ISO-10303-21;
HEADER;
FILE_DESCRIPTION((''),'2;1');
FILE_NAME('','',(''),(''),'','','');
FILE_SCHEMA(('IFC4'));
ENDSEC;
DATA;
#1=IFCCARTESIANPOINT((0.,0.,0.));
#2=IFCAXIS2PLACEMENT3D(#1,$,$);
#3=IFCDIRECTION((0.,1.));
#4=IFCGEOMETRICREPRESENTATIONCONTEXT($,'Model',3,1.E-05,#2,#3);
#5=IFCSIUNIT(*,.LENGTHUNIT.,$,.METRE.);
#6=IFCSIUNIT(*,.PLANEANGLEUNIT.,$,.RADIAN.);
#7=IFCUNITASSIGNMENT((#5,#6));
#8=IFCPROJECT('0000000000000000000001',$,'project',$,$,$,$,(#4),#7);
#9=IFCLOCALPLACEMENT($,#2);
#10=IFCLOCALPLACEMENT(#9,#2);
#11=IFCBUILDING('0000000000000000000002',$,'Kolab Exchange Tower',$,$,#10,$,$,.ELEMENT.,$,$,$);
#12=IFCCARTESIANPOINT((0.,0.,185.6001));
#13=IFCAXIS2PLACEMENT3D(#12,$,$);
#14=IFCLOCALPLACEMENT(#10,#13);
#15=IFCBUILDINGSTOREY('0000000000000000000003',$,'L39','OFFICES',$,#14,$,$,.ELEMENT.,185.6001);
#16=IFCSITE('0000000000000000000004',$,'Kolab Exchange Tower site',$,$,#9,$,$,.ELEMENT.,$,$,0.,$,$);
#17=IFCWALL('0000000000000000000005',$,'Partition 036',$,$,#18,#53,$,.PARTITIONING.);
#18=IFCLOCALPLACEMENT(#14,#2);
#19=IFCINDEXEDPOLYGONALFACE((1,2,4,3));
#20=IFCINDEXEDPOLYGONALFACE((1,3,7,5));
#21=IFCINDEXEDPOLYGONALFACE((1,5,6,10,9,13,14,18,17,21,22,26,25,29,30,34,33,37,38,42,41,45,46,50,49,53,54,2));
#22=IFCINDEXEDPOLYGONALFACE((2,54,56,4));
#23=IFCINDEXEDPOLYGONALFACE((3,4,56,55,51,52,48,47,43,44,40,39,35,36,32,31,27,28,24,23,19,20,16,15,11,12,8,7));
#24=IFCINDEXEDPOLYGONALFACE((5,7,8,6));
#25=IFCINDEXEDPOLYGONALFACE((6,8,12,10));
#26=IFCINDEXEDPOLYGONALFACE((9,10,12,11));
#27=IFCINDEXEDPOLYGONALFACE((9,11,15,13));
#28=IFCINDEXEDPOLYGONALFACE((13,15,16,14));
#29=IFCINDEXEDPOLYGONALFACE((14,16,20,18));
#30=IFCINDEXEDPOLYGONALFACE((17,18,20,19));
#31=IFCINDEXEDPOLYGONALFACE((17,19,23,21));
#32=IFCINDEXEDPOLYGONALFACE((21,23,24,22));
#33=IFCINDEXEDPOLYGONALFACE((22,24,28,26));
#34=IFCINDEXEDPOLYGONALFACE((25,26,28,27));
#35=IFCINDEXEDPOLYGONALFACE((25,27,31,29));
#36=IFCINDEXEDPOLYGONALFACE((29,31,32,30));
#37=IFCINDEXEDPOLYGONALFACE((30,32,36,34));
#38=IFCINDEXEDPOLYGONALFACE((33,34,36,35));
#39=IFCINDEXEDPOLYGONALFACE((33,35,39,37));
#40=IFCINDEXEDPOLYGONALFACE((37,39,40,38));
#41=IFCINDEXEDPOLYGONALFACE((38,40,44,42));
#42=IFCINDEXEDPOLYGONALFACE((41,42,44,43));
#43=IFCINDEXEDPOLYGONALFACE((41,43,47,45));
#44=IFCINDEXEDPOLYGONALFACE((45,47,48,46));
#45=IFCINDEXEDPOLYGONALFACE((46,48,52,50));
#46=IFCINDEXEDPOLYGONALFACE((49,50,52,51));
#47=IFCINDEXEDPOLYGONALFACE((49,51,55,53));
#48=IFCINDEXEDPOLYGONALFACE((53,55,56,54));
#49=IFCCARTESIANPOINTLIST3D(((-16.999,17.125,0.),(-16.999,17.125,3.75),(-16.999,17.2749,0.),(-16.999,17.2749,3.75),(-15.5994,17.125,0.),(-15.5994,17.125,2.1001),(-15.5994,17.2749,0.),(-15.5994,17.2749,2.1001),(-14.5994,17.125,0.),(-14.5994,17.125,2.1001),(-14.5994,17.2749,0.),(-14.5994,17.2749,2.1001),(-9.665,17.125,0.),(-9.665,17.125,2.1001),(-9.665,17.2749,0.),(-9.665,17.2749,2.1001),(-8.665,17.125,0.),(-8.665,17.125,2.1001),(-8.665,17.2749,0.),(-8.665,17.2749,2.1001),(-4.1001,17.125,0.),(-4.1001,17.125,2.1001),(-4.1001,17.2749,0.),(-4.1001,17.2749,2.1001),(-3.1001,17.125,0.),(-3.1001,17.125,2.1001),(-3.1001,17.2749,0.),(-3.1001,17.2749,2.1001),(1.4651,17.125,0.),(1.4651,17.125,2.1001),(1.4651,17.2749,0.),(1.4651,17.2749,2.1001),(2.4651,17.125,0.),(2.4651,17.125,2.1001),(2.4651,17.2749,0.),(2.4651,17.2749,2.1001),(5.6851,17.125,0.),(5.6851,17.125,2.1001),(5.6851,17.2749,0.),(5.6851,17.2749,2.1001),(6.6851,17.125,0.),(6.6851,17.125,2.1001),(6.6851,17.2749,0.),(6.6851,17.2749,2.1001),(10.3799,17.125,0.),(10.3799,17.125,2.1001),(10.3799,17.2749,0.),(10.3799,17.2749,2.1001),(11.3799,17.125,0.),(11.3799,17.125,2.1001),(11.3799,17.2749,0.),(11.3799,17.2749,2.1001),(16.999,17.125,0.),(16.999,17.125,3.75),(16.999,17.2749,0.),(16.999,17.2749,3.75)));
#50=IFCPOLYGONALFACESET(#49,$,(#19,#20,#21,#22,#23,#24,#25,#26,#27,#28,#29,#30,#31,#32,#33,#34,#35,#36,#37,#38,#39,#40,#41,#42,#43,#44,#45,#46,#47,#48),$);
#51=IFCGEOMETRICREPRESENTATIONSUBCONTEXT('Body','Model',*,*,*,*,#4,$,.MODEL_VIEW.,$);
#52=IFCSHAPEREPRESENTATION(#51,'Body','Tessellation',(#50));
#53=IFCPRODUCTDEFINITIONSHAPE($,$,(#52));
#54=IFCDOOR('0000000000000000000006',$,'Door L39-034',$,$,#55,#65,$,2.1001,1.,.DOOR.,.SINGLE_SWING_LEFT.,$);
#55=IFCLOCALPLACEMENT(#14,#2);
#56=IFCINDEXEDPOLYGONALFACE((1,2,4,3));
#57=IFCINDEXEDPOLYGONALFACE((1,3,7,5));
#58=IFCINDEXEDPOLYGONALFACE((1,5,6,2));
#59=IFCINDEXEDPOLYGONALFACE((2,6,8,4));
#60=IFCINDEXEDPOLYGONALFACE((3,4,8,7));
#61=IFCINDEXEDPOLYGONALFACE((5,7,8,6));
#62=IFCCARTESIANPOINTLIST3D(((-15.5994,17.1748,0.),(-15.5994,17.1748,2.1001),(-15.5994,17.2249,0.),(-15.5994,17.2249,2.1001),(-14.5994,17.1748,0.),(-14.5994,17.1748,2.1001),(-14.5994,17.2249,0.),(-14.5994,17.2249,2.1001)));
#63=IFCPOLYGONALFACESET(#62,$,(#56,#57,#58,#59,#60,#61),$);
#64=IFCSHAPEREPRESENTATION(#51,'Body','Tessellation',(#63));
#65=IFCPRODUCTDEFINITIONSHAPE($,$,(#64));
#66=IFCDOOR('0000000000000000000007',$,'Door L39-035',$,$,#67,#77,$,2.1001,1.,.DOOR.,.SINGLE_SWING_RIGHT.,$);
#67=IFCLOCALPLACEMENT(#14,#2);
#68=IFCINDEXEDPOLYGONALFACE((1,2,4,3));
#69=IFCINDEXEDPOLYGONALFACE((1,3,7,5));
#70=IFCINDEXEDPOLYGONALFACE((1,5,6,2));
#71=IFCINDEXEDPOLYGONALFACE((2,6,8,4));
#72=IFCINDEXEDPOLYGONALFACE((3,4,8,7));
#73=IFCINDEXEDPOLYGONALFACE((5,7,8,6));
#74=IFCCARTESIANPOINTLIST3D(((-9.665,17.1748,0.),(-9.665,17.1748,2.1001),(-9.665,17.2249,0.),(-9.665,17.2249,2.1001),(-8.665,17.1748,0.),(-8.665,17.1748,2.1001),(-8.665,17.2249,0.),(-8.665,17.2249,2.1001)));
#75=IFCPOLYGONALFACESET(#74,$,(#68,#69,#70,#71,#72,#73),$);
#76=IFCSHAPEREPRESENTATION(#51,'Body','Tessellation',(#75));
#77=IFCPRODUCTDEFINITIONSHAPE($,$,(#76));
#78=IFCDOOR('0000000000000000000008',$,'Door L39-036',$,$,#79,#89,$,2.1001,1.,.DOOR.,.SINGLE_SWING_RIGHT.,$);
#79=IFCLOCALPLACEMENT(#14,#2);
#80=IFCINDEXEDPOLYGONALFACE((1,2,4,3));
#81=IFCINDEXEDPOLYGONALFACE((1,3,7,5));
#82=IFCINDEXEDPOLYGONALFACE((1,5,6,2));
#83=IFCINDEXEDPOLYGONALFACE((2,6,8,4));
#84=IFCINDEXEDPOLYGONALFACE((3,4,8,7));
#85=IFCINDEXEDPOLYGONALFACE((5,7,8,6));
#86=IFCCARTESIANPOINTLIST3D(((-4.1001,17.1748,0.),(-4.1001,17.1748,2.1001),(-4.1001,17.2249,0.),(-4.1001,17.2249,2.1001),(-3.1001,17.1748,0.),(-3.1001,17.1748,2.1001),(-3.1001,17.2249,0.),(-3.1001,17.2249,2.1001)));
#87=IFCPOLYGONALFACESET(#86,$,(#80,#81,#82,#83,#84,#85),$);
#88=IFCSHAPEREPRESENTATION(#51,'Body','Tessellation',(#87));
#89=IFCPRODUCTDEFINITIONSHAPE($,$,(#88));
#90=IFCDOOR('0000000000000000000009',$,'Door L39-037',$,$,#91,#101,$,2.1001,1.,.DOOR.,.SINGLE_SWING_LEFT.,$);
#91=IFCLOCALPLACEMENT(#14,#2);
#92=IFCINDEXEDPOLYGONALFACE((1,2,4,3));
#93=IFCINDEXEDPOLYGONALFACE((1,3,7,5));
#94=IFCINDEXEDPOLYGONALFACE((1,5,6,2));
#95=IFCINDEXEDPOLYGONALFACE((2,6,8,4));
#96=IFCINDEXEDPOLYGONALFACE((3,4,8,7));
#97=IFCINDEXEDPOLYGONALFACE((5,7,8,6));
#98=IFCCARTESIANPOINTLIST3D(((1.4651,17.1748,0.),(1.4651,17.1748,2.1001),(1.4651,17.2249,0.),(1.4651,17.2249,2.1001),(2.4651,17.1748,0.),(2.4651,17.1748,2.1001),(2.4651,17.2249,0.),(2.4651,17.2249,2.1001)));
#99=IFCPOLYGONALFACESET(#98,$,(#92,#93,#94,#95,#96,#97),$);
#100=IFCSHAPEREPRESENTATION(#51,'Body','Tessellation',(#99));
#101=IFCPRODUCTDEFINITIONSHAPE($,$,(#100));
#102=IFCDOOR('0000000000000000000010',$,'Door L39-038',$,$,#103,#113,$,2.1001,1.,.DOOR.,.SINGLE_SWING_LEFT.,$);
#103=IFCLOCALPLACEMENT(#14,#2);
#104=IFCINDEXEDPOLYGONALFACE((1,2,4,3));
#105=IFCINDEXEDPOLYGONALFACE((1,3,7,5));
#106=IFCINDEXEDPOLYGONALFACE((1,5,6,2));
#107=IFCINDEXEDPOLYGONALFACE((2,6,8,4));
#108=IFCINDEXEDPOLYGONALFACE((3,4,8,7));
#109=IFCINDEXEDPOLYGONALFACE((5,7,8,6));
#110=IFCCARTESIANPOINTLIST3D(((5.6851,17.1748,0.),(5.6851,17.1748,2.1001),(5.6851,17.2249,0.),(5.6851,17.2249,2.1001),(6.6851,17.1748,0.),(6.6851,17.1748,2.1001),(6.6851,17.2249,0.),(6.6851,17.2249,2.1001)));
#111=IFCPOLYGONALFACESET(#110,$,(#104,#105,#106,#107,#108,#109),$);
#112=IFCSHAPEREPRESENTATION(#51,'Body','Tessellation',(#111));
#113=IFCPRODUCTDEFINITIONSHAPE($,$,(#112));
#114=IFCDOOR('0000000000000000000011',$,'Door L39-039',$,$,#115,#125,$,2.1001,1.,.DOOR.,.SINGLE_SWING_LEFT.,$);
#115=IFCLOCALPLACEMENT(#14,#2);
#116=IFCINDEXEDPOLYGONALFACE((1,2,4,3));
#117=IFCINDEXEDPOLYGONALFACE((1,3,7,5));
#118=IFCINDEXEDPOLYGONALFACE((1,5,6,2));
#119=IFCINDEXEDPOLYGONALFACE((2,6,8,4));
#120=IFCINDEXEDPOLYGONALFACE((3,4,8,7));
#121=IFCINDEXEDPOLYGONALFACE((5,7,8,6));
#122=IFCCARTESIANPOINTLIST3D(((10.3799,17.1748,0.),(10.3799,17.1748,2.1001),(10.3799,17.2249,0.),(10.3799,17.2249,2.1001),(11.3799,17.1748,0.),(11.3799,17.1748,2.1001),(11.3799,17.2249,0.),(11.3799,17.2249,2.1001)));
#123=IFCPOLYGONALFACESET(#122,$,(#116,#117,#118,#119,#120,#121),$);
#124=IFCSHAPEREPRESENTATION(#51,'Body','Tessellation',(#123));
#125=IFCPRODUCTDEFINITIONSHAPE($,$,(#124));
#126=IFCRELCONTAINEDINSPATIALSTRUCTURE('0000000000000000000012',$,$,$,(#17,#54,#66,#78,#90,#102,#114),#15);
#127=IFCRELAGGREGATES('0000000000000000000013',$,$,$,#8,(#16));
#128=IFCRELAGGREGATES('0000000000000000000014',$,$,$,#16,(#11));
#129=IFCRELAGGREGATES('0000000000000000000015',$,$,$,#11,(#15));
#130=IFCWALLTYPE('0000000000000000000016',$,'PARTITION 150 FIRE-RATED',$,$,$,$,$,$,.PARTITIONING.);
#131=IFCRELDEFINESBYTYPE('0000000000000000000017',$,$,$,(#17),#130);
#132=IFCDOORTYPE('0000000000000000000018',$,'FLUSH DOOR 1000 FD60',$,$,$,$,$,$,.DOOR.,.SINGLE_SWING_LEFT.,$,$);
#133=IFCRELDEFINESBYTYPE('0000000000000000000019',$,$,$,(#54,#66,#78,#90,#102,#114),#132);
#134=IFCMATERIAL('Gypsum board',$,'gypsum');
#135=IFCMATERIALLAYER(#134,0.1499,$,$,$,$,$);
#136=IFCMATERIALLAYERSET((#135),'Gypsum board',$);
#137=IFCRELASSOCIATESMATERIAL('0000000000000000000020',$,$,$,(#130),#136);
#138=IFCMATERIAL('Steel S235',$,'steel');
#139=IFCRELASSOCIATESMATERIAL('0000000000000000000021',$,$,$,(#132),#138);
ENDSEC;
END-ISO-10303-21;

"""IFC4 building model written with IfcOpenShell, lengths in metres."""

from ifc_helpers import new_model, si_unit, direction, frame, frame_2d, origin, place, context, subcontext, project, spatial, rectangle, extrude, material, layer, layer_set, type_object, element, fill, save


model = new_model("IFC4")

# Units and contexts
model_context = context("Model", 3, precision=1e-05, world=origin(), true_north=direction((0.0, 1.0)))
body_context = subcontext(model_context, "Body", "Model", "MODEL_VIEW")
ifc_project = project(units=[si_unit("LENGTHUNIT", "METRE"), si_unit("PLANEANGLEUNIT", "RADIAN")], contexts=[model_context])

# Site, building, storey
site_placement = place(None, origin())
site = spatial("IfcSite", under=ifc_project, at=site_placement, Name="Kolab Exchange Tower site", CompositionType="ELEMENT", RefElevation=0.0)
building_placement = place(site_placement, origin())
building = spatial("IfcBuilding", under=site, at=building_placement, Name="Kolab Exchange Tower", CompositionType="ELEMENT")
storey_placement = place(building_placement, frame((0.0, 0.0, 185.6001)))
storey = spatial("IfcBuildingStorey", under=building, at=storey_placement, Name="L39", Description="OFFICES", CompositionType="ELEMENT", Elevation=185.6001)

# Wall, openings, doors
ifc_material_1 = material(Name="Gypsum board", Category="gypsum")
ifc_layer_1 = layer(ifc_material_1, 0.1499)
ifc_layer_set_1 = layer_set([ifc_layer_1], Name="Gypsum board")
wall_type = type_object("IfcWallType", Name="PARTITION 150 FIRE-RATED", PredefinedType="PARTITIONING", material=ifc_layer_set_1)
wall_placement = place(storey_placement, frame((-16.999, 17.2, 0.0), z_axis=(0.0, 0.0, 1.0), x_axis=(1.0, 0.0, 0.0)))
wall = element("IfcWall", 1, at=wall_placement, inside=storey, type_object=wall_type, Name="Partition 036", PredefinedType="PARTITIONING", context=body_context, shape_type="SweptSolid", body=[
    extrude(rectangle(XDim=33.998, YDim=0.1499, at=frame_2d((16.999, 0.0))), origin(), (0.0, 0.0, 1.0), 3.75),
])
opening_1_placement = place(wall_placement, frame((1.3997, 0.0, 0.0)))
opening_1 = element("IfcOpeningElement", 2, at=opening_1_placement, cuts=wall, PredefinedType="OPENING", context=body_context, shape_type="SweptSolid", body=[
    extrude(rectangle(XDim=1.0, YDim=2.1001, at=frame_2d((0.5, 1.05))), frame((0.0, 0.085, 0.0), z_axis=(0.0, -1.0, 0.0), x_axis=(1.0, 0.0, 0.0)), (0.0, 0.0, 1.0), 0.1699),
])
opening_2_placement = place(wall_placement, frame((7.334, 0.0, 0.0)))
opening_2 = element("IfcOpeningElement", 3, at=opening_2_placement, cuts=wall, PredefinedType="OPENING", context=body_context, shape_type="SweptSolid", body=[
    extrude(rectangle(XDim=1.0, YDim=2.1001, at=frame_2d((0.5, 1.05))), frame((0.0, 0.085, 0.0), z_axis=(0.0, -1.0, 0.0), x_axis=(1.0, 0.0, 0.0)), (0.0, 0.0, 1.0), 0.1699),
])
opening_3_placement = place(wall_placement, frame((12.8989, 0.0, 0.0)))
opening_3 = element("IfcOpeningElement", 4, at=opening_3_placement, cuts=wall, PredefinedType="OPENING", context=body_context, shape_type="SweptSolid", body=[
    extrude(rectangle(XDim=1.0, YDim=2.1001, at=frame_2d((0.5, 1.05))), frame((0.0, 0.085, 0.0), z_axis=(0.0, -1.0, 0.0), x_axis=(1.0, 0.0, 0.0)), (0.0, 0.0, 1.0), 0.1699),
])
opening_4_placement = place(wall_placement, frame((18.4641, 0.0, 0.0)))
opening_4 = element("IfcOpeningElement", 5, at=opening_4_placement, cuts=wall, PredefinedType="OPENING", context=body_context, shape_type="SweptSolid", body=[
    extrude(rectangle(XDim=1.0, YDim=2.1001, at=frame_2d((0.5, 1.05))), frame((0.0, 0.085, 0.0), z_axis=(0.0, -1.0, 0.0), x_axis=(1.0, 0.0, 0.0)), (0.0, 0.0, 1.0), 0.1699),
])
opening_5_placement = place(wall_placement, frame((22.6841, 0.0, 0.0)))
opening_5 = element("IfcOpeningElement", 6, at=opening_5_placement, cuts=wall, PredefinedType="OPENING", context=body_context, shape_type="SweptSolid", body=[
    extrude(rectangle(XDim=1.0, YDim=2.1001, at=frame_2d((0.5, 1.05))), frame((0.0, 0.085, 0.0), z_axis=(0.0, -1.0, 0.0), x_axis=(1.0, 0.0, 0.0)), (0.0, 0.0, 1.0), 0.1699),
])
opening_6_placement = place(wall_placement, frame((27.3789, 0.0, 0.0)))
opening_6 = element("IfcOpeningElement", 7, at=opening_6_placement, cuts=wall, PredefinedType="OPENING", context=body_context, shape_type="SweptSolid", body=[
    extrude(rectangle(XDim=1.0, YDim=2.1001, at=frame_2d((0.5, 1.05))), frame((0.0, 0.085, 0.0), z_axis=(0.0, -1.0, 0.0), x_axis=(1.0, 0.0, 0.0)), (0.0, 0.0, 1.0), 0.1699),
])
ifc_material_2 = material(Name="Steel S235", Category="steel")
door_type = type_object("IfcDoorType", Name="FLUSH DOOR 1000 FD60", OperationType="SINGLE_SWING_LEFT", PredefinedType="DOOR", material=ifc_material_2)
door_1_placement = place(opening_1_placement, origin())
door_1 = element("IfcDoor", 8, at=door_1_placement, inside=storey, type_object=door_type, Name="Door L39-034", OperationType="SINGLE_SWING_LEFT", OverallHeight=2.1001, OverallWidth=1.0, PredefinedType="DOOR", context=body_context, shape_type="SweptSolid", body=[
    extrude(rectangle(XDim=1.0, YDim=2.1001, at=frame_2d((0.5, 1.05))), frame((0.0, 0.0249, 0.0), z_axis=(0.0, -1.0, 0.0), x_axis=(1.0, 0.0, 0.0)), (0.0, 0.0, 1.0), 0.05),
])
fill(opening_1, door_1)
door_2_placement = place(opening_2_placement, origin())
door_2 = element("IfcDoor", 9, at=door_2_placement, inside=storey, type_object=door_type, Name="Door L39-035", OperationType="SINGLE_SWING_RIGHT", OverallHeight=2.1001, OverallWidth=1.0, PredefinedType="DOOR", context=body_context, shape_type="SweptSolid", body=[
    extrude(rectangle(XDim=1.0, YDim=2.1001, at=frame_2d((0.5, 1.05))), frame((0.0, 0.0249, 0.0), z_axis=(0.0, -1.0, 0.0), x_axis=(1.0, 0.0, 0.0)), (0.0, 0.0, 1.0), 0.05),
])
fill(opening_2, door_2)
door_3_placement = place(opening_3_placement, origin())
door_3 = element("IfcDoor", 10, at=door_3_placement, inside=storey, type_object=door_type, Name="Door L39-036", OperationType="SINGLE_SWING_RIGHT", OverallHeight=2.1001, OverallWidth=1.0, PredefinedType="DOOR", context=body_context, shape_type="SweptSolid", body=[
    extrude(rectangle(XDim=1.0, YDim=2.1001, at=frame_2d((0.5, 1.05))), frame((0.0, 0.0249, 0.0), z_axis=(0.0, -1.0, 0.0), x_axis=(1.0, 0.0, 0.0)), (0.0, 0.0, 1.0), 0.05),
])
fill(opening_3, door_3)
door_4_placement = place(opening_4_placement, origin())
door_4 = element("IfcDoor", 11, at=door_4_placement, inside=storey, type_object=door_type, Name="Door L39-037", OperationType="SINGLE_SWING_LEFT", OverallHeight=2.1001, OverallWidth=1.0, PredefinedType="DOOR", context=body_context, shape_type="SweptSolid", body=[
    extrude(rectangle(XDim=1.0, YDim=2.1001, at=frame_2d((0.5, 1.05))), frame((0.0, 0.0249, 0.0), z_axis=(0.0, -1.0, 0.0), x_axis=(1.0, 0.0, 0.0)), (0.0, 0.0, 1.0), 0.05),
])
fill(opening_4, door_4)
door_5_placement = place(opening_5_placement, origin())
door_5 = element("IfcDoor", 12, at=door_5_placement, inside=storey, type_object=door_type, Name="Door L39-038", OperationType="SINGLE_SWING_LEFT", OverallHeight=2.1001, OverallWidth=1.0, PredefinedType="DOOR", context=body_context, shape_type="SweptSolid", body=[
    extrude(rectangle(XDim=1.0, YDim=2.1001, at=frame_2d((0.5, 1.05))), frame((0.0, 0.0249, 0.0), z_axis=(0.0, -1.0, 0.0), x_axis=(1.0, 0.0, 0.0)), (0.0, 0.0, 1.0), 0.05),
])
fill(opening_5, door_5)
door_6_placement = place(opening_6_placement, origin())
door_6 = element("IfcDoor", 13, at=door_6_placement, inside=storey, type_object=door_type, Name="Door L39-039", OperationType="SINGLE_SWING_LEFT", OverallHeight=2.1001, OverallWidth=1.0, PredefinedType="DOOR", context=body_context, shape_type="SweptSolid", body=[
    extrude(rectangle(XDim=1.0, YDim=2.1001, at=frame_2d((0.5, 1.05))), frame((0.0, 0.0249, 0.0), z_axis=(0.0, -1.0, 0.0), x_axis=(1.0, 0.0, 0.0)), (0.0, 0.0, 1.0), 0.05),
])
fill(opening_6, door_6)

save(model, "model.ifc")
